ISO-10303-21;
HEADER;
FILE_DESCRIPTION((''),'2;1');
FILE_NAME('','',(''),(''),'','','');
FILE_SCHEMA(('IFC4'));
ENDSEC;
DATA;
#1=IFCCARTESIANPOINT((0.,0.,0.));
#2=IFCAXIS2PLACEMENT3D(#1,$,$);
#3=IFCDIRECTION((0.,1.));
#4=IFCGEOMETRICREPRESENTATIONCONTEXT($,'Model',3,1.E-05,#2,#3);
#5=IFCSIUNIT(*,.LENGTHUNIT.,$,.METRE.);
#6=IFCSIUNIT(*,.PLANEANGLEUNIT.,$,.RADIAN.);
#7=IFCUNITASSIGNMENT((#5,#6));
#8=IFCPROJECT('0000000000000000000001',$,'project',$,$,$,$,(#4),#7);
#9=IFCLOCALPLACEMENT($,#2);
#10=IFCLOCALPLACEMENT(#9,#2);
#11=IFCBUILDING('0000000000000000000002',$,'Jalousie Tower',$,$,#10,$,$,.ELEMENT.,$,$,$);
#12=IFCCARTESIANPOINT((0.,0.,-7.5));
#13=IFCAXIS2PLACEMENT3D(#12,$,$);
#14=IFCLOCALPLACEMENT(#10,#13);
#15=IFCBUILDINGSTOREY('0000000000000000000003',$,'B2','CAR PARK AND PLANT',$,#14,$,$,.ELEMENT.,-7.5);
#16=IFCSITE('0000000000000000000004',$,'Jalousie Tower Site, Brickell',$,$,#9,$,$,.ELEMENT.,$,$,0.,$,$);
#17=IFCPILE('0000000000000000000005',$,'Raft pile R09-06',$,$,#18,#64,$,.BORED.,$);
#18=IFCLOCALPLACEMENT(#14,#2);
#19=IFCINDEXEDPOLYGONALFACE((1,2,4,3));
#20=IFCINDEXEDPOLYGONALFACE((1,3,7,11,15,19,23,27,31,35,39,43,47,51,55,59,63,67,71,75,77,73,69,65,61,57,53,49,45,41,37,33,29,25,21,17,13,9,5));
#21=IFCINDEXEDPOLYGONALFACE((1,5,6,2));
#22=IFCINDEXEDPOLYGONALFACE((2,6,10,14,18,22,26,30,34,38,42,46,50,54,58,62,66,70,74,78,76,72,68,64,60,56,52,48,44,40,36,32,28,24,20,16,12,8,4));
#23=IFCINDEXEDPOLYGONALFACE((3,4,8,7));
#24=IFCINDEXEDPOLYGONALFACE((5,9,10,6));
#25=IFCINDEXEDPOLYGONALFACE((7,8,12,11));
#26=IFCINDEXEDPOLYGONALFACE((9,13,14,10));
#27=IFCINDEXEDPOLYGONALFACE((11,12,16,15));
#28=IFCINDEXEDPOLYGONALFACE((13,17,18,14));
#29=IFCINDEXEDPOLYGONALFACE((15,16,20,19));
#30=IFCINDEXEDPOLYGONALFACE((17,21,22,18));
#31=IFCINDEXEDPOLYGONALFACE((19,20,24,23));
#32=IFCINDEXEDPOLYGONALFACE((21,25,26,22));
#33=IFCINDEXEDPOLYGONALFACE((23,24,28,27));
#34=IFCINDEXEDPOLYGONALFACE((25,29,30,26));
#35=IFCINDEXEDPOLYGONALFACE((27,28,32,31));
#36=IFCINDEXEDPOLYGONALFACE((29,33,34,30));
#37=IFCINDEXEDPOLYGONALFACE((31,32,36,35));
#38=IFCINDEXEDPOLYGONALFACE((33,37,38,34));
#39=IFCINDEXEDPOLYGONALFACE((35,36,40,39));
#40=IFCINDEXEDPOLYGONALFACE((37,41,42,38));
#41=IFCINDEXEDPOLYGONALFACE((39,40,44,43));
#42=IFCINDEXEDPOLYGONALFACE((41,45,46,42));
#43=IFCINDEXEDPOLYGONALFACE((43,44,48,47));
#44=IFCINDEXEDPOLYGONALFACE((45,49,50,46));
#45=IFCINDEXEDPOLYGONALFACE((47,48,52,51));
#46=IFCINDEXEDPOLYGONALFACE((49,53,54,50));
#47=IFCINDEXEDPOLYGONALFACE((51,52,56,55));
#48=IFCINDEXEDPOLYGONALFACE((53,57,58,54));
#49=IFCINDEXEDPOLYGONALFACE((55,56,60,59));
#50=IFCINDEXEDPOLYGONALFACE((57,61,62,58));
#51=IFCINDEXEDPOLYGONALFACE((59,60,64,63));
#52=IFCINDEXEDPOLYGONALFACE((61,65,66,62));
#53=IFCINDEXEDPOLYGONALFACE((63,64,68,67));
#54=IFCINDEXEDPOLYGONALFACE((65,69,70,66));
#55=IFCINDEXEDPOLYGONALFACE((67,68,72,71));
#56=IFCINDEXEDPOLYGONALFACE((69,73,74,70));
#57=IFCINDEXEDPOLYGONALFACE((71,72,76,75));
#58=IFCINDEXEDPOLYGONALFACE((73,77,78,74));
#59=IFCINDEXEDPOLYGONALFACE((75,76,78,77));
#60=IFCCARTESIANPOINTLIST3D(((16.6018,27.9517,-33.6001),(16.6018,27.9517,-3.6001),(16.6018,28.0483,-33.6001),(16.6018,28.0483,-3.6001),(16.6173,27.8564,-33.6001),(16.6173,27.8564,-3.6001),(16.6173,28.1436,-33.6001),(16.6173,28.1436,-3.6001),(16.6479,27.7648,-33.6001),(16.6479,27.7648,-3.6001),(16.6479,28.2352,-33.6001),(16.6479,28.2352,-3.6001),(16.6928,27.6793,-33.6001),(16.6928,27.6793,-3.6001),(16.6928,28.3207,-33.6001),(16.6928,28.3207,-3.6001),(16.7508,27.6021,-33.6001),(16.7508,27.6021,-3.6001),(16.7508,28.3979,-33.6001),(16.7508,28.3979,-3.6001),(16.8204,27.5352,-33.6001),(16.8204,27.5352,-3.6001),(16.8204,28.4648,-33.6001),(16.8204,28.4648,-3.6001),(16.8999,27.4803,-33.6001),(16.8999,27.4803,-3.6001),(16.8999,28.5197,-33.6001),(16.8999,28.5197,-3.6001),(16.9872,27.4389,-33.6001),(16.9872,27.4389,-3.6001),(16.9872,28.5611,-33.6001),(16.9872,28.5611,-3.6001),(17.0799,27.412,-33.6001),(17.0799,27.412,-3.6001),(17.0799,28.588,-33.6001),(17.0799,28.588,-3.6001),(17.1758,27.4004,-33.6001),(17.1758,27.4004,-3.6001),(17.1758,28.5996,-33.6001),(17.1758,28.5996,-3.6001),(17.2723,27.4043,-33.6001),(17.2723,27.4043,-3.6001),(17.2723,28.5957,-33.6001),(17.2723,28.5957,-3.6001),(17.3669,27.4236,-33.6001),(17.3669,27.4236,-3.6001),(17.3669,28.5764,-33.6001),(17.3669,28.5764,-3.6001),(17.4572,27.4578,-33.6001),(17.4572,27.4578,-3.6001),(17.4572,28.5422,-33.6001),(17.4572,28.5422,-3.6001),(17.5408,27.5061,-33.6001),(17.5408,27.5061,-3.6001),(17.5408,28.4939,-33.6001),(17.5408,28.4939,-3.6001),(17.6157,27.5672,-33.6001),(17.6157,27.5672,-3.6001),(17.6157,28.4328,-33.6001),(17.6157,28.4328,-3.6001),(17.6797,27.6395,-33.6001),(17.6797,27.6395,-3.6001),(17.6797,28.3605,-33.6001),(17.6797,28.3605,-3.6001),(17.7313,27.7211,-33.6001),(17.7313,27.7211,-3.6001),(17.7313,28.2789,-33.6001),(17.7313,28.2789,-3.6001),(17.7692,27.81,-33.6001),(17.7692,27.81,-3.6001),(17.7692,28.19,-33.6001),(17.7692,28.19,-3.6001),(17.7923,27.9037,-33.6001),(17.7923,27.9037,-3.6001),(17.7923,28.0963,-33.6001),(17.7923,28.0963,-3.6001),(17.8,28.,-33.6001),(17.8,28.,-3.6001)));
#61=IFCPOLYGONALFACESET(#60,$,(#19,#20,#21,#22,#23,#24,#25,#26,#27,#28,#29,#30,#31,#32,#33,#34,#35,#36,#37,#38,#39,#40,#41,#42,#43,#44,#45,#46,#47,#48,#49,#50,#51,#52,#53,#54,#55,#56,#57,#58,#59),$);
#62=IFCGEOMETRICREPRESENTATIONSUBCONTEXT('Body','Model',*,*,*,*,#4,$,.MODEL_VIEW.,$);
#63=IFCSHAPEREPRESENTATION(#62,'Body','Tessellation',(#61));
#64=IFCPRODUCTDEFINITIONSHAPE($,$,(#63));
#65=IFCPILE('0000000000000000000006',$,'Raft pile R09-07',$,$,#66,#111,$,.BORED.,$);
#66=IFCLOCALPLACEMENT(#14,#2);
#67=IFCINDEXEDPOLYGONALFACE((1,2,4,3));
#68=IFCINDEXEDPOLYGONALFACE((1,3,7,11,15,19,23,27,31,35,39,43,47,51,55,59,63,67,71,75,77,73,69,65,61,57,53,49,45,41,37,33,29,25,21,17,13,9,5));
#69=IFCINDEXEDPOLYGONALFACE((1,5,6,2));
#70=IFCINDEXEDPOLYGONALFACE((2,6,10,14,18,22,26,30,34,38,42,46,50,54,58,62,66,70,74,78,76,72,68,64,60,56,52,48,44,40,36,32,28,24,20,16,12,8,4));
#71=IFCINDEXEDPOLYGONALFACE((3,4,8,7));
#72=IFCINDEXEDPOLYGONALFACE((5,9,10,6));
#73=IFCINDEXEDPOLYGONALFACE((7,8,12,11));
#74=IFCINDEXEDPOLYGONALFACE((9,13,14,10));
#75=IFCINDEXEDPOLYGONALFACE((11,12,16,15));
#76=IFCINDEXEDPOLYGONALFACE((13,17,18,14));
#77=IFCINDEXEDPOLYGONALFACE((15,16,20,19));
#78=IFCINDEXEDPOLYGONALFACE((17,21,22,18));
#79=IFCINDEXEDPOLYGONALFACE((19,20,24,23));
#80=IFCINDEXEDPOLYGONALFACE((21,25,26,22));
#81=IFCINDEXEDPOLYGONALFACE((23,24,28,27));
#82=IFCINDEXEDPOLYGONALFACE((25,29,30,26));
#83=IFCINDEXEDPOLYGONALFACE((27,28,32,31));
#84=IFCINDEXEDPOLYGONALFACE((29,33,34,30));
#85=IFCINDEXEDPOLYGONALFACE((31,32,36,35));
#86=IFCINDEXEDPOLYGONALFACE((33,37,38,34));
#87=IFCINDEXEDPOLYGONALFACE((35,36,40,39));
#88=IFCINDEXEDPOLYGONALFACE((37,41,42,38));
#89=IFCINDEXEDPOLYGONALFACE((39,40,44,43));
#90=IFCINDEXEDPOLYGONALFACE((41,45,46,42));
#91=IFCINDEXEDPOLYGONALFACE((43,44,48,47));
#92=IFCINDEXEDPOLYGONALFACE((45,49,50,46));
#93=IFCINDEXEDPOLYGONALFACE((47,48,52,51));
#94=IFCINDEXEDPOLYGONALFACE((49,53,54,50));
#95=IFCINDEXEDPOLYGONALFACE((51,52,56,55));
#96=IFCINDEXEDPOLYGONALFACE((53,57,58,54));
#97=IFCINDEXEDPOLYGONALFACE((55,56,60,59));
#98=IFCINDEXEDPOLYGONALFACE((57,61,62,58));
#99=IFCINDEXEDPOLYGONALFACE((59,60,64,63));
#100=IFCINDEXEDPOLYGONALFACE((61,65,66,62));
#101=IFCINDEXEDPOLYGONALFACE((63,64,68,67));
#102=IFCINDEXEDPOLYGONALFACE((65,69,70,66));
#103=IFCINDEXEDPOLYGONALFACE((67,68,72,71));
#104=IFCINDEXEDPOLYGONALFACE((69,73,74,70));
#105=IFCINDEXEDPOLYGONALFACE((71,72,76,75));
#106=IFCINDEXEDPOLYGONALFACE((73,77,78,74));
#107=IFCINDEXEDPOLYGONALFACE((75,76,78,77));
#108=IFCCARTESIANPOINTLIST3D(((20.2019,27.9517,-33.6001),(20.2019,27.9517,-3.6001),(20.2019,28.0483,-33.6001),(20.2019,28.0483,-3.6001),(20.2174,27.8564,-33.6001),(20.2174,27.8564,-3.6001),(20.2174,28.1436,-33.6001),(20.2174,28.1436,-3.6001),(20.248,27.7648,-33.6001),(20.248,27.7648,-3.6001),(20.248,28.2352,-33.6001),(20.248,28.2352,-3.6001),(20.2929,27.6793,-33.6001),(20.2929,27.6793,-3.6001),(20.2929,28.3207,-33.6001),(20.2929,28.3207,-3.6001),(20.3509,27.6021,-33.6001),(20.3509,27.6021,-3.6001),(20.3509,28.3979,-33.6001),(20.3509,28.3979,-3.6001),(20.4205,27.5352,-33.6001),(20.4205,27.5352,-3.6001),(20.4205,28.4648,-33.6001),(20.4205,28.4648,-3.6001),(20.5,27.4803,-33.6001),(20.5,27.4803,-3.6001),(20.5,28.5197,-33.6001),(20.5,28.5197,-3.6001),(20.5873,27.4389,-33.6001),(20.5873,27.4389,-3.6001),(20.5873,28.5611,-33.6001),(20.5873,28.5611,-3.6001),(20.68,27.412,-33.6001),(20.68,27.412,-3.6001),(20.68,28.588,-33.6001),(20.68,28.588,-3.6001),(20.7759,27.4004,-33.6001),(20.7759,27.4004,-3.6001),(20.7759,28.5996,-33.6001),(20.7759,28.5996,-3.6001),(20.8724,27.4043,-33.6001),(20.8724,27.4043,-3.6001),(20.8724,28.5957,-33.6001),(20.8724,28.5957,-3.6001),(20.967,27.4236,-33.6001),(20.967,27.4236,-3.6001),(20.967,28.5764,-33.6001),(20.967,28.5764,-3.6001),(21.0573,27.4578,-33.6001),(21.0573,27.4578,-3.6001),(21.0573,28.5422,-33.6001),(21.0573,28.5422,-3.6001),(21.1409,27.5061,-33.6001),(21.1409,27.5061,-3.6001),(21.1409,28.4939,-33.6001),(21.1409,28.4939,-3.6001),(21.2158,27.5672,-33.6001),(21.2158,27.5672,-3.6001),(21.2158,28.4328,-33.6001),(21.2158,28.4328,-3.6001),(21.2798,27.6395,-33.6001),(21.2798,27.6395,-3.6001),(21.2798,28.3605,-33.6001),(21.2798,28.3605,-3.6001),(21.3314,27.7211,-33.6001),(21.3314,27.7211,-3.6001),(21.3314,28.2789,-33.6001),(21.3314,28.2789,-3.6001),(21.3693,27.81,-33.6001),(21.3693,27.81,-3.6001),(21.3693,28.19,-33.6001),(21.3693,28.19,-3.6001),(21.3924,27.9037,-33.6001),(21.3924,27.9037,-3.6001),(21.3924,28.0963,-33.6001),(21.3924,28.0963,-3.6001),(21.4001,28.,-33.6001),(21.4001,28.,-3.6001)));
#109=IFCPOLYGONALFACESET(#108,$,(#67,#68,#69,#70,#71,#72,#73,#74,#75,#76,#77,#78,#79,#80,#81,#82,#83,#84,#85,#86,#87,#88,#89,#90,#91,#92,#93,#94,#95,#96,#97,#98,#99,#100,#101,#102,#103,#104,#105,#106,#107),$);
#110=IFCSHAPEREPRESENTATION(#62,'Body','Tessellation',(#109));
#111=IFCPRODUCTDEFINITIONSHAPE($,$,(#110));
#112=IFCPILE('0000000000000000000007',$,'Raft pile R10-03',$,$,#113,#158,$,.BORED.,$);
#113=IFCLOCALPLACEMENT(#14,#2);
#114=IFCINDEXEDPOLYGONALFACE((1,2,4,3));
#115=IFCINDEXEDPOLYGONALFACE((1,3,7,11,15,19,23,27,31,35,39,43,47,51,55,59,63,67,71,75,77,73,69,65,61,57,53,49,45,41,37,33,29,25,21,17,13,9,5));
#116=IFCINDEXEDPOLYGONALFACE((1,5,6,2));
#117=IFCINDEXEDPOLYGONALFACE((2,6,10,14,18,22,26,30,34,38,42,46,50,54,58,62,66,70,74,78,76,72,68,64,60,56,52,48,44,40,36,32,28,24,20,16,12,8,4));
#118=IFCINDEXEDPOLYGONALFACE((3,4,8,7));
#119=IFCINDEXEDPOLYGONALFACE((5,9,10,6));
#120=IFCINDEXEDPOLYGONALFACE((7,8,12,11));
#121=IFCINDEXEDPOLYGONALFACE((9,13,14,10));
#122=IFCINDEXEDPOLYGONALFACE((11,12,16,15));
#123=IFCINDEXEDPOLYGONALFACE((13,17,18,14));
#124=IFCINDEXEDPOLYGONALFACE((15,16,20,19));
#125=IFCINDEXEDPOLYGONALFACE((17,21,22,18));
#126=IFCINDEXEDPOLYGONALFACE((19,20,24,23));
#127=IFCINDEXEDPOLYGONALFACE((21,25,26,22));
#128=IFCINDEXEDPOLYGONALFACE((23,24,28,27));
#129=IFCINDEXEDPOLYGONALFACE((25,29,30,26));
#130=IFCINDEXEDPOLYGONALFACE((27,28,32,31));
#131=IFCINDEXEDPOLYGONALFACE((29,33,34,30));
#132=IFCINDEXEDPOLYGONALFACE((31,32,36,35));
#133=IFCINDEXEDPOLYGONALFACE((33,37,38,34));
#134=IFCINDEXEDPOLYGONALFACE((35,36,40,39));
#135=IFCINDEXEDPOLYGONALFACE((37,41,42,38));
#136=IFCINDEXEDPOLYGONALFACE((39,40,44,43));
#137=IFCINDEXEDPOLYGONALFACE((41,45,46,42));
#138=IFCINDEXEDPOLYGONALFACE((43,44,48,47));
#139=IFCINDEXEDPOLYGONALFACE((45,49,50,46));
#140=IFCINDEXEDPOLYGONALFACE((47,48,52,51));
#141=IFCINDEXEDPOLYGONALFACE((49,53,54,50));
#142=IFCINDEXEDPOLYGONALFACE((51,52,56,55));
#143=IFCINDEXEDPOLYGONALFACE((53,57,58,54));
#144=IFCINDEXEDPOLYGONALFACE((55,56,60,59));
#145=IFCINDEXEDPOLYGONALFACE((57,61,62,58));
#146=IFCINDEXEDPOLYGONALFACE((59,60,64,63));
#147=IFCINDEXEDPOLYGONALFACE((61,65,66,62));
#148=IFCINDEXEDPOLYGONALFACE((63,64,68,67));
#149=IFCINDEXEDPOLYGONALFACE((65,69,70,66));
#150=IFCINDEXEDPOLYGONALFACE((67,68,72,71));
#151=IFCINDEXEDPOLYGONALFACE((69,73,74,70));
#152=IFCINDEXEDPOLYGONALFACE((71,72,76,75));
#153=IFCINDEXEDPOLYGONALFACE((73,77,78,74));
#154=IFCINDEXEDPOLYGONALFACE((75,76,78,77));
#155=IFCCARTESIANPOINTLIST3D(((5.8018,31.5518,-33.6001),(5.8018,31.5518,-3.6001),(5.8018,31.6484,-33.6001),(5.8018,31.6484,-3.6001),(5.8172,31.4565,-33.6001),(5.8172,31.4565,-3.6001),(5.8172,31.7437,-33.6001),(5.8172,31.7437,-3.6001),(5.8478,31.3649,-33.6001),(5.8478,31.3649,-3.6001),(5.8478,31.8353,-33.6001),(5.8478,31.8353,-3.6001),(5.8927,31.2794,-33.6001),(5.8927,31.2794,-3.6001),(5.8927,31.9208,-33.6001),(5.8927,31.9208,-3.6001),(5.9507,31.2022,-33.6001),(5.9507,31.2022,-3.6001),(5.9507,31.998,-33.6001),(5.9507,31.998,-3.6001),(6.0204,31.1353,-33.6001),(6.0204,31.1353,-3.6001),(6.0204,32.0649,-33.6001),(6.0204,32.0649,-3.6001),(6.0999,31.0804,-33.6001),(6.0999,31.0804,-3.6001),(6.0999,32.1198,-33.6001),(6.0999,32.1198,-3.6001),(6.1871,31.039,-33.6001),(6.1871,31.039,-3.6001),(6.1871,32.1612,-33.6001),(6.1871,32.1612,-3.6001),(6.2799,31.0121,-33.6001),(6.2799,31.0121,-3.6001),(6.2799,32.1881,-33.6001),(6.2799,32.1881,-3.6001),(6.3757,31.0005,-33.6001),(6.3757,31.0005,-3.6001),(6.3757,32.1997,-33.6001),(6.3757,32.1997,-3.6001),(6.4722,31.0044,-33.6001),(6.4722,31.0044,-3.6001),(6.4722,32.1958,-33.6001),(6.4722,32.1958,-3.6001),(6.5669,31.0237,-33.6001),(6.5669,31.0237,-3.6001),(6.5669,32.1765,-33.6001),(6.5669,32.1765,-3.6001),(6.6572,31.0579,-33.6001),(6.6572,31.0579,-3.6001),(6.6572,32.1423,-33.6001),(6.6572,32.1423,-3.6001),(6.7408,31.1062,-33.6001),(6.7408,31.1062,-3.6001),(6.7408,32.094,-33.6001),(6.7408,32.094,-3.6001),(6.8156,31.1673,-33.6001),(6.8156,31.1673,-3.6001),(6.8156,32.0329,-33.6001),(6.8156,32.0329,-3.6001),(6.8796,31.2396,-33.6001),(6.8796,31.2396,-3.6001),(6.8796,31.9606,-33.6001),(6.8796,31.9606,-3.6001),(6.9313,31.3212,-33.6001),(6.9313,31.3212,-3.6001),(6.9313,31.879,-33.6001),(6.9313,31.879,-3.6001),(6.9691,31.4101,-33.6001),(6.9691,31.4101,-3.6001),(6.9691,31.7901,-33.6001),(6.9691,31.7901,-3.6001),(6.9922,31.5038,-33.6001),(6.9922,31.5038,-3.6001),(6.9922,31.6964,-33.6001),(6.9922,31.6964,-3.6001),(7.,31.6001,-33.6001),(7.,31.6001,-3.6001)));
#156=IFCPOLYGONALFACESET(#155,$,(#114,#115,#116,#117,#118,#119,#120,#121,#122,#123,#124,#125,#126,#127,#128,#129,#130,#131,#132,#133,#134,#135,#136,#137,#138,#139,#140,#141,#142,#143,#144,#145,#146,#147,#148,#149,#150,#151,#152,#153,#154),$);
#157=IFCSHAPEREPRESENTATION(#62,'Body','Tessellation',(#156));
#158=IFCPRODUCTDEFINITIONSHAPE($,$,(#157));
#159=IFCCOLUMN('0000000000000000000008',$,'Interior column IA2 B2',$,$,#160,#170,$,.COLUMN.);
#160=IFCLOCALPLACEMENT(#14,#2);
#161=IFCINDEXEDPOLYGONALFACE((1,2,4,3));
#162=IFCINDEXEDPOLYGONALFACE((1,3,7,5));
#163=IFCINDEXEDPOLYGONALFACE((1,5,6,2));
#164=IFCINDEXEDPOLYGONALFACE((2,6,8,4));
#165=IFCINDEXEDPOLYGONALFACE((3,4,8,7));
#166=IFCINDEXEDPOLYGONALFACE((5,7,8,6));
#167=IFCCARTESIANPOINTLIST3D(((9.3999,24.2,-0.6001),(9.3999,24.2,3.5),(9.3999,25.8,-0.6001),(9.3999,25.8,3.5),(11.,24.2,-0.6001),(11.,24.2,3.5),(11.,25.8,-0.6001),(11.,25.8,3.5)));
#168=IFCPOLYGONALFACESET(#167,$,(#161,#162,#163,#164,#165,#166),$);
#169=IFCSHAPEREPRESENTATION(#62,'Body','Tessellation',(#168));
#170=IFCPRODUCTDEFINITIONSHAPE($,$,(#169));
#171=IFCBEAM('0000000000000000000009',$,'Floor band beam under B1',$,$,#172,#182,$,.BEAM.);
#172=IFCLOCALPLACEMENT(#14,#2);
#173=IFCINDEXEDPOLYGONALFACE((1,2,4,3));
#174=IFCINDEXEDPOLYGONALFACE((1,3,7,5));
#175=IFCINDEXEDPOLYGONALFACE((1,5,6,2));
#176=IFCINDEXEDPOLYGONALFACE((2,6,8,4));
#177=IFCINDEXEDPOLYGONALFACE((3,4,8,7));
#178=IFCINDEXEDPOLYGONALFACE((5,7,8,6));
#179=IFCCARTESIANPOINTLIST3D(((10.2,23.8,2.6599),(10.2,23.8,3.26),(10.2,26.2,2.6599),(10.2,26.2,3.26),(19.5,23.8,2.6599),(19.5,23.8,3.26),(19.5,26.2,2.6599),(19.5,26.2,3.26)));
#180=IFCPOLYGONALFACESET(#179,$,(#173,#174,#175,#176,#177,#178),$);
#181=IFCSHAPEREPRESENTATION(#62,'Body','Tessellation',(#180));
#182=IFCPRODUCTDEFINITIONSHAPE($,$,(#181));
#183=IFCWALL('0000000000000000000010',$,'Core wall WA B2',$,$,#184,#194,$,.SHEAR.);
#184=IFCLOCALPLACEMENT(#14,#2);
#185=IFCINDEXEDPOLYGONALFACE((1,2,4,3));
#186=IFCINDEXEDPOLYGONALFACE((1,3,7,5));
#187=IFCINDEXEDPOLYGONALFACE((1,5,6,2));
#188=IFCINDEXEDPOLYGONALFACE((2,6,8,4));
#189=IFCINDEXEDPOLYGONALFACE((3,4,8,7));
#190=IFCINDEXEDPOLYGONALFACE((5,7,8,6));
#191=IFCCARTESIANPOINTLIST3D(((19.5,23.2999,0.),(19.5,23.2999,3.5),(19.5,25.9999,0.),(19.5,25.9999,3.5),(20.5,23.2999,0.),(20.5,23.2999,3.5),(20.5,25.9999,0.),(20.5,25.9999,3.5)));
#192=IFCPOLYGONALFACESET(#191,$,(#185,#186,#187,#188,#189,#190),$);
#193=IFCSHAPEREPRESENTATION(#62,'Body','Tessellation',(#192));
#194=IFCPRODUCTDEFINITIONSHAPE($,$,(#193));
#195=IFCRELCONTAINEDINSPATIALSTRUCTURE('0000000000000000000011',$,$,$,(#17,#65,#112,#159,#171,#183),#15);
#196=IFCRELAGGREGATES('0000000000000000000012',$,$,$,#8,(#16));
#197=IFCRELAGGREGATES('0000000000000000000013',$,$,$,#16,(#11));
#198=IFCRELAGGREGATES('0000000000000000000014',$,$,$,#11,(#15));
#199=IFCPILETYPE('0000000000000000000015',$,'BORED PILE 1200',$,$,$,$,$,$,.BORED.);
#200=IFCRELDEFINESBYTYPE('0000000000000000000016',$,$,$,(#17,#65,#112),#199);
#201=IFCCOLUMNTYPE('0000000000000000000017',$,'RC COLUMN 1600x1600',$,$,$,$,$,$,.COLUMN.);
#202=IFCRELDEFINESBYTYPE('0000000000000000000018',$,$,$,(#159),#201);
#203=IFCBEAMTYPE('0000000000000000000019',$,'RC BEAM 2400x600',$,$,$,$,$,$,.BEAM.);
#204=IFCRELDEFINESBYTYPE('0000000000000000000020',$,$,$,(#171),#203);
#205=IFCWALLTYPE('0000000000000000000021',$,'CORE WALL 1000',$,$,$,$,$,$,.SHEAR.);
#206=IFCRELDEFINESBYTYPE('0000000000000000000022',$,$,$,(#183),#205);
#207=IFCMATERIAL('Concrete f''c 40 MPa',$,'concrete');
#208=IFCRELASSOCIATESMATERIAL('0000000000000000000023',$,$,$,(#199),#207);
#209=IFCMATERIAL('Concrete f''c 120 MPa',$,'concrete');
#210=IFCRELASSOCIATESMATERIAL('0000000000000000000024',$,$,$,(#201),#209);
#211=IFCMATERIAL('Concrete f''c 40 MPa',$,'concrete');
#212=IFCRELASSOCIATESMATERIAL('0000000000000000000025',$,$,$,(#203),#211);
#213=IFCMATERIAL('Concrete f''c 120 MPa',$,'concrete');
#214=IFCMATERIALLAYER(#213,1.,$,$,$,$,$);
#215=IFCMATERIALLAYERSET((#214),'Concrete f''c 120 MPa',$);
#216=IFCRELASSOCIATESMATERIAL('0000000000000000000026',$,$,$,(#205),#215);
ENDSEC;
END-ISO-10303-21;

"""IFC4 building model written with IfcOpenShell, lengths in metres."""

from ifc_helpers import new_model, si_unit, direction, frame, frame_2d, origin, origin_2d, place, context, subcontext, project, spatial, rectangle, circle, extrude, material, layer, layer_set, material_profile, profile_set, type_object, element, save


model = new_model("IFC4")

# Units and contexts
model_context = context("Model", 3, precision=1e-05, world=origin(), true_north=direction((0.0, 1.0)))
body_context = subcontext(model_context, "Body", "Model", "MODEL_VIEW")
ifc_project = project(units=[si_unit("LENGTHUNIT", "METRE"), si_unit("PLANEANGLEUNIT", "RADIAN")], contexts=[model_context])

# Site, building, storey
site_placement = place(None, origin())
site = spatial("IfcSite", under=ifc_project, at=site_placement, Name="Jalousie Tower Site, Brickell", CompositionType="ELEMENT", RefElevation=0.0)
building_placement = place(site_placement, origin())
building = spatial("IfcBuilding", under=site, at=building_placement, Name="Jalousie Tower", CompositionType="ELEMENT")
storey_placement = place(building_placement, frame((0.0, 0.0, -7.5)))
storey = spatial("IfcBuildingStorey", under=building, at=storey_placement, Name="B2", Description="CAR PARK AND PLANT", CompositionType="ELEMENT", Elevation=-7.5)

# Piles
ifc_material_1 = material(Name="Concrete f'c 40 MPa", Category="concrete")
ifc_material_profile_1 = material_profile(ifc_material_1, circle(Radius=0.6001, at=origin_2d()), Name="BORED PILE D1200")
ifc_profile_set_1 = profile_set([ifc_material_profile_1], Name="Concrete f'c 40 MPa")
pile_type = type_object("IfcPileType", Name="BORED PILE 1200", PredefinedType="BORED", material=ifc_profile_set_1)
for number, where, z_axis, x_axis, name in (
    (1, (17.2, 28.0, -3.6001), (0.0, 0.0, -1.0), (1.0, 0.0, 0.0), "Raft pile R09-06"),
    (2, (20.8, 28.0, -3.6001), (0.0, 0.0, -1.0), (1.0, 0.0, 0.0), "Raft pile R09-07"),
    (3, (6.3999, 31.6001, -3.6001), (0.0, 0.0, -1.0), (1.0, 0.0, 0.0), "Raft pile R10-03"),
):
    element("IfcPile", number, at=place(storey_placement, frame(where, z_axis=z_axis, x_axis=x_axis)), inside=storey, type_object=pile_type, Name=name, PredefinedType="BORED", context=body_context, shape_type="SweptSolid", body=[
        extrude(circle(Radius=0.6001, at=origin_2d()), origin(), (0.0, 0.0, 1.0), 30.0),
    ])

# Column
ifc_material_2 = material(Name="Concrete f'c 120 MPa", Category="concrete")
ifc_material_profile_2 = material_profile(ifc_material_2, rectangle(XDim=1.6001, YDim=1.6001, at=origin_2d()), Name="RC 1600x1600")
ifc_profile_set_2 = profile_set([ifc_material_profile_2], Name="Concrete f'c 120 MPa")
column_type = type_object("IfcColumnType", Name="RC COLUMN 1600x1600", PredefinedType="COLUMN", material=ifc_profile_set_2)
column_placement = place(storey_placement, frame((10.2, 25.0, -0.6001), z_axis=(0.0, 0.0, 1.0), x_axis=(1.0, 0.0, 0.0)))
element("IfcColumn", 4, at=column_placement, inside=storey, type_object=column_type, Name="Interior column IA2 B2", PredefinedType="COLUMN", context=body_context, shape_type="SweptSolid", body=[
    extrude(rectangle(XDim=1.6001, YDim=1.6001, at=origin_2d()), origin(), (0.0, 0.0, 1.0), 4.1001),
])

# Beam
ifc_material_3 = material(Name="Concrete f'c 40 MPa", Category="concrete")
ifc_material_profile_3 = material_profile(ifc_material_3, rectangle(XDim=2.3999, YDim=0.6001, at=origin_2d()), Name="RC 2400x600")
ifc_profile_set_3 = profile_set([ifc_material_profile_3], Name="Concrete f'c 40 MPa")
beam_type = type_object("IfcBeamType", Name="RC BEAM 2400x600", PredefinedType="BEAM", material=ifc_profile_set_3)
beam_placement = place(storey_placement, frame((10.2, 25.0, 2.96), z_axis=(1.0, 0.0, 0.0), x_axis=(0.0, 1.0, 0.0)))
element("IfcBeam", 5, at=beam_placement, inside=storey, type_object=beam_type, Name="Floor band beam under B1", PredefinedType="BEAM", context=body_context, shape_type="SweptSolid", body=[
    extrude(rectangle(XDim=2.3999, YDim=0.6001, at=origin_2d()), origin(), (0.0, 0.0, 1.0), 9.3),
])

# Wall
ifc_material_4 = material(Name="Concrete f'c 120 MPa", Category="concrete")
ifc_layer_1 = layer(ifc_material_4, 1.0)
ifc_layer_set_1 = layer_set([ifc_layer_1], Name="Concrete f'c 120 MPa")
wall_type_1 = type_object("IfcWallType", Name="CORE WALL 1000", PredefinedType="SHEAR", material=ifc_layer_set_1)
wall_1_placement = place(storey_placement, frame((20.0, 26.0, 0.0), z_axis=(0.0, 0.0, 1.0), x_axis=(0.0, -1.0, 0.0)))
element("IfcWall", 6, at=wall_1_placement, inside=storey, type_object=wall_type_1, Name="Core wall WA B2", PredefinedType="SHEAR", context=body_context, shape_type="SweptSolid", body=[
    extrude(rectangle(XDim=2.7, YDim=1.0, at=frame_2d((1.3501, 0.0))), origin(), (0.0, 0.0, 1.0), 3.5),
])

save(model, "model.ifc")
